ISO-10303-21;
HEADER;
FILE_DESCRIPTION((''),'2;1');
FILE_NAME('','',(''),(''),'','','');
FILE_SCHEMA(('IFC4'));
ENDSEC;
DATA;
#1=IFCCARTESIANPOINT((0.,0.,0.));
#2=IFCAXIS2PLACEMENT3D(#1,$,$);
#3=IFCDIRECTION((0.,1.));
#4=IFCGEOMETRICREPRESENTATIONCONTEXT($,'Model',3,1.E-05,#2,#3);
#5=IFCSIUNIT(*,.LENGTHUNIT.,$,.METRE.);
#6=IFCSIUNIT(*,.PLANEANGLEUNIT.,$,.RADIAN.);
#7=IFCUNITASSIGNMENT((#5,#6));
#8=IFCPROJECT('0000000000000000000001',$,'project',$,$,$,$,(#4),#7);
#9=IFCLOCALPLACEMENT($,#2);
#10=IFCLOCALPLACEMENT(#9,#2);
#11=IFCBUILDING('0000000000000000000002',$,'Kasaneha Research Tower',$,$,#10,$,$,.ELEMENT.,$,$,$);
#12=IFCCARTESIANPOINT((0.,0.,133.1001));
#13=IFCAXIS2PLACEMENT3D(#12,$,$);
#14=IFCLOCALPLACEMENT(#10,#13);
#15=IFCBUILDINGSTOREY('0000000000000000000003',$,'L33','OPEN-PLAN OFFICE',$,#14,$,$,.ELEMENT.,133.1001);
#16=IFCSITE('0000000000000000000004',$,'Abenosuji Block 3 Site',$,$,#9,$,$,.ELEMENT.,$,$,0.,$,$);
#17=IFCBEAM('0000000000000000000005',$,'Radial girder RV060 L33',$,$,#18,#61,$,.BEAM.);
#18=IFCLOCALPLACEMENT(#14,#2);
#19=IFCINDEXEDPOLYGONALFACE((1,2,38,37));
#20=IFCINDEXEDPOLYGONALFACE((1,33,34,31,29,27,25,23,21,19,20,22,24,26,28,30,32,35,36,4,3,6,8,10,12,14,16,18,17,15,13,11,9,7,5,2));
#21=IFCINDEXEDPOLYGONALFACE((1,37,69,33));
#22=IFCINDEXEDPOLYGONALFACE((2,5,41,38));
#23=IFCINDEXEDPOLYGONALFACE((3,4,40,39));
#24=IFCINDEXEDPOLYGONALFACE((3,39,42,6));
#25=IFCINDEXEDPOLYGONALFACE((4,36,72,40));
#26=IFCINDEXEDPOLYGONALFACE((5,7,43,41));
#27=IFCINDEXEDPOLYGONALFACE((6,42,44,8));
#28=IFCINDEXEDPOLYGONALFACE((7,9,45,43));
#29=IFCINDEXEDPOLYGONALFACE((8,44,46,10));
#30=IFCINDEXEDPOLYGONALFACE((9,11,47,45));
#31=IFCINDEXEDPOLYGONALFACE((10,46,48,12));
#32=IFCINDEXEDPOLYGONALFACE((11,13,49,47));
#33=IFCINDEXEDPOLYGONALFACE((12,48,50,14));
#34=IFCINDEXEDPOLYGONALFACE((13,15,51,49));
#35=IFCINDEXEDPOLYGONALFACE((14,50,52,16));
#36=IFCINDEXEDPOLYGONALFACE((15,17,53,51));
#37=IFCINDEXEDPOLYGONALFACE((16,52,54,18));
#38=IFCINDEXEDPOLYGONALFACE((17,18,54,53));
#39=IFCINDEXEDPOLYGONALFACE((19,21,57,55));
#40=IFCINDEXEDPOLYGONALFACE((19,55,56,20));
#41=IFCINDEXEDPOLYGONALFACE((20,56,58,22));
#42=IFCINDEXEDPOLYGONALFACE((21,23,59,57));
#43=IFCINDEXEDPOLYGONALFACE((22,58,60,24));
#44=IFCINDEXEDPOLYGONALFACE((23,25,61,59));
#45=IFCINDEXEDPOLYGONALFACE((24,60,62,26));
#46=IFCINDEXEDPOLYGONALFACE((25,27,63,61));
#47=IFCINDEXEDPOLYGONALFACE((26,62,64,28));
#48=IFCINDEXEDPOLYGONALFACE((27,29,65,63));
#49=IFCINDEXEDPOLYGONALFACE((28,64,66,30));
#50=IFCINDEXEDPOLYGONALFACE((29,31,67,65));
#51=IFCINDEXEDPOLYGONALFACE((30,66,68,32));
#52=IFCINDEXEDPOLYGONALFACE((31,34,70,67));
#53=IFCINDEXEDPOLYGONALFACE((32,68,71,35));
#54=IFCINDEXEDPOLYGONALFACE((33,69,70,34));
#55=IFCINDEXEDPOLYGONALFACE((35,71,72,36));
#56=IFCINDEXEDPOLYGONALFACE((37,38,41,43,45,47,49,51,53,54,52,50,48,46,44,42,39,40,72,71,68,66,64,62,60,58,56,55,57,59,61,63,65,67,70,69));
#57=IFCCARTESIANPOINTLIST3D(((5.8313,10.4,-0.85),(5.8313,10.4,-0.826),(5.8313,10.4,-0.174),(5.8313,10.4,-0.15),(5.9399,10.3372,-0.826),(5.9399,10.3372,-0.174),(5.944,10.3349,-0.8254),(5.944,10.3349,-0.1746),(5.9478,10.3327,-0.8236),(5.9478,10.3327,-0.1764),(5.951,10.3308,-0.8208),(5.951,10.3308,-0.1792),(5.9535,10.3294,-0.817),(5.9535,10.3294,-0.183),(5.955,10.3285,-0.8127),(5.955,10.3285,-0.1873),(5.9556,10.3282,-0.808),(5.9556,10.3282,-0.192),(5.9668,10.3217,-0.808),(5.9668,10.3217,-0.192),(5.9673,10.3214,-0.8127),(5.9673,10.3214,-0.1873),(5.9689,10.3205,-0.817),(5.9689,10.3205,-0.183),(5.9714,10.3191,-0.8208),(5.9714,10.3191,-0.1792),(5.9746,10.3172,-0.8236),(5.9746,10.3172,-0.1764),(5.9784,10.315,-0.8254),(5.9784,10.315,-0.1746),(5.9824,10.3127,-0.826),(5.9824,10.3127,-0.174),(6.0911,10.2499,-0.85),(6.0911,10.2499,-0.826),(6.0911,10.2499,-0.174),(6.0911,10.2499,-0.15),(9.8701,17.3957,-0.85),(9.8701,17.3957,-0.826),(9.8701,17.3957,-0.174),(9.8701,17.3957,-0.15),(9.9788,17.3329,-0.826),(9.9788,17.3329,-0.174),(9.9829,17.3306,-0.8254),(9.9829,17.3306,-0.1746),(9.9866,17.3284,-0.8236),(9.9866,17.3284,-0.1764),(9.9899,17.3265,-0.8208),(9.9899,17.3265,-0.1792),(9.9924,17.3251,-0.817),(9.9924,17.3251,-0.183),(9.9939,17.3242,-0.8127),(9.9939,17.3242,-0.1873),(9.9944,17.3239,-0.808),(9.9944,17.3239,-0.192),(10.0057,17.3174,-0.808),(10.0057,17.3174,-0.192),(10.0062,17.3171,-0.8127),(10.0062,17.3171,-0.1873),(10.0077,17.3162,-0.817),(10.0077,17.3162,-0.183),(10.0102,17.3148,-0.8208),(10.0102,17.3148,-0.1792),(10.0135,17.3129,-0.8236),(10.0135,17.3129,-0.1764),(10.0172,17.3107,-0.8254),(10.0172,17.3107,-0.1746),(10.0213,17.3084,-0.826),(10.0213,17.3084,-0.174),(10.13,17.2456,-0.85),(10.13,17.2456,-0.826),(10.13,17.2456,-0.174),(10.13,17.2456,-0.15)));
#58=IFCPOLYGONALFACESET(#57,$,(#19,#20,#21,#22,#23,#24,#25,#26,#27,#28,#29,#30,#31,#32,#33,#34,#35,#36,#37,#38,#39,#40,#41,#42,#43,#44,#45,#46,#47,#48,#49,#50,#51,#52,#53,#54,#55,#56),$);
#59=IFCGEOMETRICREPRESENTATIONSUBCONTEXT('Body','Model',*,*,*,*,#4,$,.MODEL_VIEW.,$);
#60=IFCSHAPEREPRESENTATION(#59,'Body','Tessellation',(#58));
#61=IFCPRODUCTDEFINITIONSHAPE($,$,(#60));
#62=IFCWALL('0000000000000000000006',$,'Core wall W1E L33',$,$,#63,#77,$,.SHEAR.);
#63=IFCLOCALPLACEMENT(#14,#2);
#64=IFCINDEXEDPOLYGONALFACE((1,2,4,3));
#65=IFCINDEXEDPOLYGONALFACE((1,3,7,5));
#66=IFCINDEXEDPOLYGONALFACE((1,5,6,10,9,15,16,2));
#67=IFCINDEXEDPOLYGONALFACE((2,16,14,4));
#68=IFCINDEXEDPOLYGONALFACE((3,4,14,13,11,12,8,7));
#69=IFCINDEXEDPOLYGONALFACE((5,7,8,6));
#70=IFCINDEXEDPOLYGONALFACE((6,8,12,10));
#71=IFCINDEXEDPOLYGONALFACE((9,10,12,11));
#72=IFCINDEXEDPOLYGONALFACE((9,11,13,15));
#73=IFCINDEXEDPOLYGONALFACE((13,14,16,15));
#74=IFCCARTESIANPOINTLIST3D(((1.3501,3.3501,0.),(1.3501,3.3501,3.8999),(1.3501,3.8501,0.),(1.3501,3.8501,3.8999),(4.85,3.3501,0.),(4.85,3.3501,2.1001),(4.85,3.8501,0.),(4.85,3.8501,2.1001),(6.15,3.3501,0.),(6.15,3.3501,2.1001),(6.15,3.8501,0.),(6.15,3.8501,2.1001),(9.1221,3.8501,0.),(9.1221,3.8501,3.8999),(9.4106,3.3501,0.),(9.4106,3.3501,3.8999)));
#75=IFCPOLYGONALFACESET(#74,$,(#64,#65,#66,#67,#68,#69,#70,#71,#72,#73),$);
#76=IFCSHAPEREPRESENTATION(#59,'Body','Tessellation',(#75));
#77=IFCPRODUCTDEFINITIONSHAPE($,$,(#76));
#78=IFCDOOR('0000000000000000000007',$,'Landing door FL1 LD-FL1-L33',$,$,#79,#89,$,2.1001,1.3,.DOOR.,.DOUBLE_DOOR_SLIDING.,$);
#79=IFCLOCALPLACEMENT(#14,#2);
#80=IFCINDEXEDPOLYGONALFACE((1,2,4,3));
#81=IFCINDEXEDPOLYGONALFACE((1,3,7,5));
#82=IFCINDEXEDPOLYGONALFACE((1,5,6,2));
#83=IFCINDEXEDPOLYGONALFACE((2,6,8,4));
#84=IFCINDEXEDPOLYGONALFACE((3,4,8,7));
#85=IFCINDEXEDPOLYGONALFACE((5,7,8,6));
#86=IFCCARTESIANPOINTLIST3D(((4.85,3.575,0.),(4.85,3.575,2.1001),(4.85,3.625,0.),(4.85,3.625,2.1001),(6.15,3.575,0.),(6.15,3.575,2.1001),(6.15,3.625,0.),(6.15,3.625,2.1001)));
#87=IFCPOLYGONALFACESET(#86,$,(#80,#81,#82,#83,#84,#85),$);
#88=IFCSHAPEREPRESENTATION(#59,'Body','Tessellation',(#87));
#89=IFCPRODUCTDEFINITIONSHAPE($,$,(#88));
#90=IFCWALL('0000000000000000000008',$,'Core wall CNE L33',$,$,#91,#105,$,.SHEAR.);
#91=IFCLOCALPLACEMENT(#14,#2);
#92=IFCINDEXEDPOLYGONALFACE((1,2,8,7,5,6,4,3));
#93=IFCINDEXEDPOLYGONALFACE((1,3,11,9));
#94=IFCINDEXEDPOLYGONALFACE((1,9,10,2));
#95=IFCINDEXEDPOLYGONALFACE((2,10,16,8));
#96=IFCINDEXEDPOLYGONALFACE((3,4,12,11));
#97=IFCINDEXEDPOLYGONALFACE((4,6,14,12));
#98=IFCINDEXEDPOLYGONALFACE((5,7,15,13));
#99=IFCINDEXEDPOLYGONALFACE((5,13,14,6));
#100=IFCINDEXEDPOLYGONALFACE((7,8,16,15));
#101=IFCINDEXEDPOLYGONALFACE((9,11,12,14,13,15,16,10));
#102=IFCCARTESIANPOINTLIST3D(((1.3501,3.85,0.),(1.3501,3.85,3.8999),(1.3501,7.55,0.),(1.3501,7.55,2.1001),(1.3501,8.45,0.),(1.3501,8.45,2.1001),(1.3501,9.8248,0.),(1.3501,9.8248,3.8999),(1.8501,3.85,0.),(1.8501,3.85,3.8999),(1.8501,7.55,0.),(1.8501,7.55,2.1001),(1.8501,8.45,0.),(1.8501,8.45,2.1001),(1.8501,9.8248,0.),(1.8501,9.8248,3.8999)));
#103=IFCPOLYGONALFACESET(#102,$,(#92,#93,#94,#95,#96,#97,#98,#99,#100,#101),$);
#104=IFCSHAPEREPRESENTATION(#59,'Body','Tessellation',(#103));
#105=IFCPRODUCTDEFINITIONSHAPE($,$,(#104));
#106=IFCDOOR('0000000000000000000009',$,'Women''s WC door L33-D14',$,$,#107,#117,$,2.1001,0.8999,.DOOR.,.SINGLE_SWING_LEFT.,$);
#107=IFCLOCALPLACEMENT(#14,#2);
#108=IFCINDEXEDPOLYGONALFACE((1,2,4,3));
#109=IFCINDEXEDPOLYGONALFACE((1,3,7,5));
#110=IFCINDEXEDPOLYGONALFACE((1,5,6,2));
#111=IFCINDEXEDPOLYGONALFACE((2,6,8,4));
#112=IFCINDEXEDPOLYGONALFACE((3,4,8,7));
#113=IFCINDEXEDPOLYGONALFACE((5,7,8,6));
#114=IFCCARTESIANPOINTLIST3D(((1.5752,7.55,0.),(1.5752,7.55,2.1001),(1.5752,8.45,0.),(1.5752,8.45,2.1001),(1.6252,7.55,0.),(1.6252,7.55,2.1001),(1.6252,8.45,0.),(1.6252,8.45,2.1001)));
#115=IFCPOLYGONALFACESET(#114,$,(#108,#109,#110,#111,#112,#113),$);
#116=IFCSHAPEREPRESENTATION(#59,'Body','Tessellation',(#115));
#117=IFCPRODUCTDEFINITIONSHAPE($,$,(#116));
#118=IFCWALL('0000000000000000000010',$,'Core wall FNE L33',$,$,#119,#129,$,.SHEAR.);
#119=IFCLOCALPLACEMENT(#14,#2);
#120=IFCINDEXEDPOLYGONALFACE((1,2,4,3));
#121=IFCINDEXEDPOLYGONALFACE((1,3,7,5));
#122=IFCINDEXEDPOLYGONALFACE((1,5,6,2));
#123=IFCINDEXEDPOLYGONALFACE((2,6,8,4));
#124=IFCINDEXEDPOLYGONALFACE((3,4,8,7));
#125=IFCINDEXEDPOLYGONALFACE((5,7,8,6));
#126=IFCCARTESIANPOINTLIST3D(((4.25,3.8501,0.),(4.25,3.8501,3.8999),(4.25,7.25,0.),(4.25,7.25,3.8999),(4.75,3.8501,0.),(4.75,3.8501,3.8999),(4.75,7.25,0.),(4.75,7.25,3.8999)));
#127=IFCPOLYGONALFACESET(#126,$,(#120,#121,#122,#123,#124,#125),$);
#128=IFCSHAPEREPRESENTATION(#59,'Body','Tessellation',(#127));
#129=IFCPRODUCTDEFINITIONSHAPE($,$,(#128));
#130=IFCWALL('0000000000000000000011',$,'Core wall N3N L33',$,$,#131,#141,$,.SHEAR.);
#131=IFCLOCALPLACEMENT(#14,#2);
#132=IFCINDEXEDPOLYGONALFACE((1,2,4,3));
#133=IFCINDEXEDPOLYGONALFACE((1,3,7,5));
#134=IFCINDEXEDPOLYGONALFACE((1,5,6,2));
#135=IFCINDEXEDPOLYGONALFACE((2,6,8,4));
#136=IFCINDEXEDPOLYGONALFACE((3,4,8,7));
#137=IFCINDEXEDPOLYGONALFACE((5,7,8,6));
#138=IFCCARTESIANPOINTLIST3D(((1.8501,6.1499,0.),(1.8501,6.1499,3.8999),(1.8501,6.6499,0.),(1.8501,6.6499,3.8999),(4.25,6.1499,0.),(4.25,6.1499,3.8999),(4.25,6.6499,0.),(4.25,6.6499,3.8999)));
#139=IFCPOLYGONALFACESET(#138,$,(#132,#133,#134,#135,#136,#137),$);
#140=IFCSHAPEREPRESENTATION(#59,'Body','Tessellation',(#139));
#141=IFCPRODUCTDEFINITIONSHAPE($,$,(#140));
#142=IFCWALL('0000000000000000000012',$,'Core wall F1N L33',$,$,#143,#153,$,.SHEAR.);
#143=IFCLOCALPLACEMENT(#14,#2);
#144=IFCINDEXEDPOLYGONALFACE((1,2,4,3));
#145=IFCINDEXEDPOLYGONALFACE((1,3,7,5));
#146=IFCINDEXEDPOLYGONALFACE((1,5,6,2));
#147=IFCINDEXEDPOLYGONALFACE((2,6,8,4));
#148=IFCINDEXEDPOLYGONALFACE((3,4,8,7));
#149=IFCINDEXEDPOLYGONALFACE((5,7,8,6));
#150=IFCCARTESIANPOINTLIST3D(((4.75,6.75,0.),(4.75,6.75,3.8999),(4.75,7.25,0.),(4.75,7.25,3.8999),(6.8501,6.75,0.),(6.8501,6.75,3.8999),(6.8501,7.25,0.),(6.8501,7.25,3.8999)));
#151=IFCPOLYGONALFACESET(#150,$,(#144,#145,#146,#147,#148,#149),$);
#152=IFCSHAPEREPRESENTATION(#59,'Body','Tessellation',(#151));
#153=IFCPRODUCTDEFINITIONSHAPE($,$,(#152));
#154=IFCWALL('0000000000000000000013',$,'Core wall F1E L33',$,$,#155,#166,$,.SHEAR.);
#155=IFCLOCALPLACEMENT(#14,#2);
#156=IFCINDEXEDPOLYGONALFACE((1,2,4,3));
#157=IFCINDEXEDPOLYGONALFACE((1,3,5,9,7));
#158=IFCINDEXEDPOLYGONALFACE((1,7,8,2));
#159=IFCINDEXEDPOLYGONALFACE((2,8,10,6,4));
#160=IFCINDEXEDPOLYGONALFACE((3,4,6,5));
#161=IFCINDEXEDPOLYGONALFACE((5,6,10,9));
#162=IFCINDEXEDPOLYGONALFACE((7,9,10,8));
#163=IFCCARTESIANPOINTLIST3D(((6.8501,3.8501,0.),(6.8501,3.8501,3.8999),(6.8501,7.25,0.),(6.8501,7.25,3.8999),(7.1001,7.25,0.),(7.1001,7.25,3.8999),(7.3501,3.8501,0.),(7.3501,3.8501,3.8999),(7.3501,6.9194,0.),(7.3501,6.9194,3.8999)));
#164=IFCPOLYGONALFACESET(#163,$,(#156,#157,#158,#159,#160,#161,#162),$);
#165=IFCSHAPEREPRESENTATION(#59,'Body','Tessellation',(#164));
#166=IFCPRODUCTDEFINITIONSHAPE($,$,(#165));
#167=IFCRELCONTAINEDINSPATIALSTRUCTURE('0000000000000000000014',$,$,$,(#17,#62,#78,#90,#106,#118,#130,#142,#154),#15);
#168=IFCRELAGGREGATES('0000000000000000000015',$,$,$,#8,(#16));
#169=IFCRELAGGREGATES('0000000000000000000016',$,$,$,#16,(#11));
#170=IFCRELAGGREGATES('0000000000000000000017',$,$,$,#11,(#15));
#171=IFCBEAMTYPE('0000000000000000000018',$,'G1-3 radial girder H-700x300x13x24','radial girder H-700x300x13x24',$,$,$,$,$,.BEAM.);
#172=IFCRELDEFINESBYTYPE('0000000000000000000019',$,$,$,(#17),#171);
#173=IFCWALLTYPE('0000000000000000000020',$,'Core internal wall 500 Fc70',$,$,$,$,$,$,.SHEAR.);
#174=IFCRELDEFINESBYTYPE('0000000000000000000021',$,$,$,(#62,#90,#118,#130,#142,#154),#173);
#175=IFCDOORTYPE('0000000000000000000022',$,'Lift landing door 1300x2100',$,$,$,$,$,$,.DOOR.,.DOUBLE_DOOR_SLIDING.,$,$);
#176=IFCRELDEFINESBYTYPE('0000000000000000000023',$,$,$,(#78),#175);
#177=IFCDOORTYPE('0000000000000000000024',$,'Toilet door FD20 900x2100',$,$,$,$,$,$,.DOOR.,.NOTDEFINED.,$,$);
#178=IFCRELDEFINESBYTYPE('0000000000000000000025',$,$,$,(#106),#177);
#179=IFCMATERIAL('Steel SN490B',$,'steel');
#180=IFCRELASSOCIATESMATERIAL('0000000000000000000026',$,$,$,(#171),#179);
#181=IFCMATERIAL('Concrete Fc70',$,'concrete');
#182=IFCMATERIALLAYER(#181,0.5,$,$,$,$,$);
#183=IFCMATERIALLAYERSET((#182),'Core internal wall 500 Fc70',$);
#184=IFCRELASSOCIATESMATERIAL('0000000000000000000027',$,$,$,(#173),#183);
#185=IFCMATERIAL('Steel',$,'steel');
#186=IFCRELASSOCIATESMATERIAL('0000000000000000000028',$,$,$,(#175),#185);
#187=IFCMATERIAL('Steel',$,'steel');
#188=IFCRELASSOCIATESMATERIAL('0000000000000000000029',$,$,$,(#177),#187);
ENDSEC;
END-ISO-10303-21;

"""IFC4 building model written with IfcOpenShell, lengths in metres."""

from ifc_helpers import new_model, si_unit, direction, frame, frame_2d, origin, origin_2d, place, context, subcontext, project, spatial, polyline, rectangle, i_section, outline, extrude, material, layer, layer_set, material_profile, profile_set, type_object, element, fill, save


model = new_model("IFC4")

# Units and contexts
model_context = context("Model", 3, precision=1e-05, world=origin(), true_north=direction((0.0, 1.0)))
body_context = subcontext(model_context, "Body", "Model", "MODEL_VIEW")
ifc_project = project(units=[si_unit("LENGTHUNIT", "METRE"), si_unit("PLANEANGLEUNIT", "RADIAN")], contexts=[model_context])

# Site, building, storey
site_placement = place(None, origin())
site = spatial("IfcSite", under=ifc_project, at=site_placement, Name="Abenosuji Block 3 Site", CompositionType="ELEMENT", RefElevation=0.0)
building_placement = place(site_placement, origin())
building = spatial("IfcBuilding", under=site, at=building_placement, Name="Kasaneha Research Tower", CompositionType="ELEMENT")
storey_placement = place(building_placement, frame((0.0, 0.0, 133.1001)))
storey = spatial("IfcBuildingStorey", under=building, at=storey_placement, Name="L33", Description="OPEN-PLAN OFFICE", CompositionType="ELEMENT", Elevation=133.1001)

# Beam
ifc_material_1 = material(Name="Steel SN490B", Category="steel")
ifc_material_profile = material_profile(ifc_material_1, i_section(OverallWidth=0.3, OverallDepth=0.7, WebThickness=0.0129, FlangeThickness=0.0239, FilletRadius=0.0181, at=origin_2d()), Name="H-700x300x13x24")
ifc_profile_set = profile_set([ifc_material_profile], Name="Steel SN490B")
beam_type = type_object("IfcBeamType", Name="G1-3 radial girder H-700x300x13x24", Description="radial girder H-700x300x13x24", PredefinedType="BEAM", material=ifc_profile_set)
beam_placement = place(storey_placement, frame((5.9612, 10.325, -0.5), z_axis=(0.499991, 0.866031, 0.0), x_axis=(-0.866031, 0.499991, 0.0)))
element("IfcBeam", 1, at=beam_placement, inside=storey, type_object=beam_type, Name="Radial girder RV060 L33", PredefinedType="BEAM", context=body_context, shape_type="SweptSolid", body=[
    extrude(i_section(OverallWidth=0.3, OverallDepth=0.7, WebThickness=0.0129, FlangeThickness=0.0239, FilletRadius=0.0181, at=origin_2d()), origin(), (0.0, 0.0, 1.0), 8.0779),
])

# Walls, openings, doors
ifc_material_2 = material(Name="Concrete Fc70", Category="concrete")
ifc_layer_1 = layer(ifc_material_2, 0.5)
ifc_layer_set_1 = layer_set([ifc_layer_1], Name="Core internal wall 500 Fc70")
wall_type_1 = type_object("IfcWallType", Name="Core internal wall 500 Fc70", PredefinedType="SHEAR", material=ifc_layer_set_1)
wall_1_placement = place(storey_placement, frame((1.3501, 3.6001, 0.0), z_axis=(0.0, 0.0, 1.0), x_axis=(1.0, 0.0, 0.0)))
wall_1 = element("IfcWall", 2, at=wall_1_placement, inside=storey, type_object=wall_type_1, Name="Core wall W1E L33", PredefinedType="SHEAR", context=body_context, shape_type="SweptSolid", body=[
    extrude(outline(polyline([(0.0, -0.25), (3.5, -0.25), (4.8, -0.25), (8.0605, -0.25), (7.772, 0.25), (4.8, 0.25), (3.5, 0.25), (0.0, 0.25), (0.0, -0.25)])), origin(), (0.0, 0.0, 1.0), 3.8999),
])
opening_1_placement = place(wall_1_placement, frame((3.5, 0.0, 0.0)))
opening_1 = element("IfcOpeningElement", 3, at=opening_1_placement, cuts=wall_1, PredefinedType="OPENING", context=body_context, shape_type="SweptSolid", body=[
    extrude(rectangle(XDim=1.3, YDim=2.1001, at=frame_2d((0.6499, 1.05))), frame((0.0, 0.26, 0.0), z_axis=(0.0, -1.0, 0.0), x_axis=(1.0, 0.0, 0.0)), (0.0, 0.0, 1.0), 0.52),
])
ifc_material_3 = material(Name="Steel", Category="steel")
door_type_1 = type_object("IfcDoorType", Name="Lift landing door 1300x2100", OperationType="DOUBLE_DOOR_SLIDING", PredefinedType="DOOR", material=ifc_material_3)
door_1_placement = place(opening_1_placement, origin())
door_1 = element("IfcDoor", 4, at=door_1_placement, inside=storey, type_object=door_type_1, Name="Landing door FL1 LD-FL1-L33", OperationType="DOUBLE_DOOR_SLIDING", OverallHeight=2.1001, OverallWidth=1.3, PredefinedType="DOOR", context=body_context, shape_type="SweptSolid", body=[
    extrude(rectangle(XDim=1.3, YDim=2.1001, at=frame_2d((0.6499, 1.05))), frame((0.0, 0.0249, 0.0), z_axis=(0.0, -1.0, 0.0), x_axis=(1.0, 0.0, 0.0)), (0.0, 0.0, 1.0), 0.05),
])
fill(opening_1, door_1)
wall_2_placement = place(storey_placement, frame((1.6001, 3.8501, 0.0), z_axis=(0.0, 0.0, 1.0), x_axis=(0.0, 1.0, 0.0)))
wall_2 = element("IfcWall", 5, at=wall_2_placement, inside=storey, type_object=wall_type_1, Name="Core wall CNE L33", PredefinedType="SHEAR", context=body_context, shape_type="SweptSolid", body=[
    extrude(rectangle(XDim=5.9749, YDim=0.5, at=frame_2d((2.9873, 0.0))), origin(), (0.0, 0.0, 1.0), 3.8999),
])
opening_2_placement = place(wall_2_placement, frame((3.7, 0.0, 0.0)))
opening_2 = element("IfcOpeningElement", 6, at=opening_2_placement, cuts=wall_2, PredefinedType="OPENING", context=body_context, shape_type="SweptSolid", body=[
    extrude(rectangle(XDim=0.8999, YDim=2.1001, at=frame_2d((0.45, 1.05))), frame((0.0, 0.26, 0.0), z_axis=(0.0, -1.0, 0.0), x_axis=(1.0, 0.0, 0.0)), (0.0, 0.0, 1.0), 0.52),
])
ifc_material_4 = material(Name="Steel", Category="steel")
door_type_2 = type_object("IfcDoorType", Name="Toilet door FD20 900x2100", OperationType="NOTDEFINED", PredefinedType="DOOR", material=ifc_material_4)
door_2_placement = place(opening_2_placement, origin())
door_2 = element("IfcDoor", 7, at=door_2_placement, inside=storey, type_object=door_type_2, Name="Women's WC door L33-D14", OperationType="SINGLE_SWING_LEFT", OverallHeight=2.1001, OverallWidth=0.8999, PredefinedType="DOOR", context=body_context, shape_type="SweptSolid", body=[
    extrude(rectangle(XDim=0.8999, YDim=2.1001, at=frame_2d((0.45, 1.05))), frame((0.0, 0.0249, 0.0), z_axis=(0.0, -1.0, 0.0), x_axis=(1.0, 0.0, 0.0)), (0.0, 0.0, 1.0), 0.05),
])
fill(opening_2, door_2)

# Walls
wall_3_placement = place(storey_placement, frame((4.5, 3.8501, 0.0), z_axis=(0.0, 0.0, 1.0), x_axis=(0.0, 1.0, 0.0)))
element("IfcWall", 8, at=wall_3_placement, inside=storey, type_object=wall_type_1, Name="Core wall FNE L33", PredefinedType="SHEAR", context=body_context, shape_type="SweptSolid", body=[
    extrude(rectangle(XDim=3.3999, YDim=0.5, at=frame_2d((1.7, 0.0))), origin(), (0.0, 0.0, 1.0), 3.8999),
])
wall_4_placement = place(storey_placement, frame((1.8501, 6.3999, 0.0), z_axis=(0.0, 0.0, 1.0), x_axis=(1.0, 0.0, 0.0)))
element("IfcWall", 9, at=wall_4_placement, inside=storey, type_object=wall_type_1, Name="Core wall N3N L33", PredefinedType="SHEAR", context=body_context, shape_type="SweptSolid", body=[
    extrude(rectangle(XDim=2.3999, YDim=0.5, at=frame_2d((1.2, 0.0))), origin(), (0.0, 0.0, 1.0), 3.8999),
])
wall_5_placement = place(storey_placement, frame((4.75, 7.0, 0.0), z_axis=(0.0, 0.0, 1.0), x_axis=(1.0, 0.0, 0.0)))
element("IfcWall", 10, at=wall_5_placement, inside=storey, type_object=wall_type_1, Name="Core wall F1N L33", PredefinedType="SHEAR", context=body_context, shape_type="SweptSolid", body=[
    extrude(rectangle(XDim=2.1001, YDim=0.5, at=frame_2d((1.05, 0.0))), origin(), (0.0, 0.0, 1.0), 3.8999),
])
wall_6_placement = place(storey_placement, frame((7.1001, 3.8501, 0.0), z_axis=(0.0, 0.0, 1.0), x_axis=(0.0, 1.0, 0.0)))
element("IfcWall", 11, at=wall_6_placement, inside=storey, type_object=wall_type_1, Name="Core wall F1E L33", PredefinedType="SHEAR", context=body_context, shape_type="SweptSolid", body=[
    extrude(outline(polyline([(0.0, -0.25), (3.0693, -0.25), (3.3999, 0.0), (3.3999, 0.25), (0.0, 0.25), (0.0, -0.25)])), origin(), (0.0, 0.0, 1.0), 3.8999),
])

save(model, "model.ifc")
